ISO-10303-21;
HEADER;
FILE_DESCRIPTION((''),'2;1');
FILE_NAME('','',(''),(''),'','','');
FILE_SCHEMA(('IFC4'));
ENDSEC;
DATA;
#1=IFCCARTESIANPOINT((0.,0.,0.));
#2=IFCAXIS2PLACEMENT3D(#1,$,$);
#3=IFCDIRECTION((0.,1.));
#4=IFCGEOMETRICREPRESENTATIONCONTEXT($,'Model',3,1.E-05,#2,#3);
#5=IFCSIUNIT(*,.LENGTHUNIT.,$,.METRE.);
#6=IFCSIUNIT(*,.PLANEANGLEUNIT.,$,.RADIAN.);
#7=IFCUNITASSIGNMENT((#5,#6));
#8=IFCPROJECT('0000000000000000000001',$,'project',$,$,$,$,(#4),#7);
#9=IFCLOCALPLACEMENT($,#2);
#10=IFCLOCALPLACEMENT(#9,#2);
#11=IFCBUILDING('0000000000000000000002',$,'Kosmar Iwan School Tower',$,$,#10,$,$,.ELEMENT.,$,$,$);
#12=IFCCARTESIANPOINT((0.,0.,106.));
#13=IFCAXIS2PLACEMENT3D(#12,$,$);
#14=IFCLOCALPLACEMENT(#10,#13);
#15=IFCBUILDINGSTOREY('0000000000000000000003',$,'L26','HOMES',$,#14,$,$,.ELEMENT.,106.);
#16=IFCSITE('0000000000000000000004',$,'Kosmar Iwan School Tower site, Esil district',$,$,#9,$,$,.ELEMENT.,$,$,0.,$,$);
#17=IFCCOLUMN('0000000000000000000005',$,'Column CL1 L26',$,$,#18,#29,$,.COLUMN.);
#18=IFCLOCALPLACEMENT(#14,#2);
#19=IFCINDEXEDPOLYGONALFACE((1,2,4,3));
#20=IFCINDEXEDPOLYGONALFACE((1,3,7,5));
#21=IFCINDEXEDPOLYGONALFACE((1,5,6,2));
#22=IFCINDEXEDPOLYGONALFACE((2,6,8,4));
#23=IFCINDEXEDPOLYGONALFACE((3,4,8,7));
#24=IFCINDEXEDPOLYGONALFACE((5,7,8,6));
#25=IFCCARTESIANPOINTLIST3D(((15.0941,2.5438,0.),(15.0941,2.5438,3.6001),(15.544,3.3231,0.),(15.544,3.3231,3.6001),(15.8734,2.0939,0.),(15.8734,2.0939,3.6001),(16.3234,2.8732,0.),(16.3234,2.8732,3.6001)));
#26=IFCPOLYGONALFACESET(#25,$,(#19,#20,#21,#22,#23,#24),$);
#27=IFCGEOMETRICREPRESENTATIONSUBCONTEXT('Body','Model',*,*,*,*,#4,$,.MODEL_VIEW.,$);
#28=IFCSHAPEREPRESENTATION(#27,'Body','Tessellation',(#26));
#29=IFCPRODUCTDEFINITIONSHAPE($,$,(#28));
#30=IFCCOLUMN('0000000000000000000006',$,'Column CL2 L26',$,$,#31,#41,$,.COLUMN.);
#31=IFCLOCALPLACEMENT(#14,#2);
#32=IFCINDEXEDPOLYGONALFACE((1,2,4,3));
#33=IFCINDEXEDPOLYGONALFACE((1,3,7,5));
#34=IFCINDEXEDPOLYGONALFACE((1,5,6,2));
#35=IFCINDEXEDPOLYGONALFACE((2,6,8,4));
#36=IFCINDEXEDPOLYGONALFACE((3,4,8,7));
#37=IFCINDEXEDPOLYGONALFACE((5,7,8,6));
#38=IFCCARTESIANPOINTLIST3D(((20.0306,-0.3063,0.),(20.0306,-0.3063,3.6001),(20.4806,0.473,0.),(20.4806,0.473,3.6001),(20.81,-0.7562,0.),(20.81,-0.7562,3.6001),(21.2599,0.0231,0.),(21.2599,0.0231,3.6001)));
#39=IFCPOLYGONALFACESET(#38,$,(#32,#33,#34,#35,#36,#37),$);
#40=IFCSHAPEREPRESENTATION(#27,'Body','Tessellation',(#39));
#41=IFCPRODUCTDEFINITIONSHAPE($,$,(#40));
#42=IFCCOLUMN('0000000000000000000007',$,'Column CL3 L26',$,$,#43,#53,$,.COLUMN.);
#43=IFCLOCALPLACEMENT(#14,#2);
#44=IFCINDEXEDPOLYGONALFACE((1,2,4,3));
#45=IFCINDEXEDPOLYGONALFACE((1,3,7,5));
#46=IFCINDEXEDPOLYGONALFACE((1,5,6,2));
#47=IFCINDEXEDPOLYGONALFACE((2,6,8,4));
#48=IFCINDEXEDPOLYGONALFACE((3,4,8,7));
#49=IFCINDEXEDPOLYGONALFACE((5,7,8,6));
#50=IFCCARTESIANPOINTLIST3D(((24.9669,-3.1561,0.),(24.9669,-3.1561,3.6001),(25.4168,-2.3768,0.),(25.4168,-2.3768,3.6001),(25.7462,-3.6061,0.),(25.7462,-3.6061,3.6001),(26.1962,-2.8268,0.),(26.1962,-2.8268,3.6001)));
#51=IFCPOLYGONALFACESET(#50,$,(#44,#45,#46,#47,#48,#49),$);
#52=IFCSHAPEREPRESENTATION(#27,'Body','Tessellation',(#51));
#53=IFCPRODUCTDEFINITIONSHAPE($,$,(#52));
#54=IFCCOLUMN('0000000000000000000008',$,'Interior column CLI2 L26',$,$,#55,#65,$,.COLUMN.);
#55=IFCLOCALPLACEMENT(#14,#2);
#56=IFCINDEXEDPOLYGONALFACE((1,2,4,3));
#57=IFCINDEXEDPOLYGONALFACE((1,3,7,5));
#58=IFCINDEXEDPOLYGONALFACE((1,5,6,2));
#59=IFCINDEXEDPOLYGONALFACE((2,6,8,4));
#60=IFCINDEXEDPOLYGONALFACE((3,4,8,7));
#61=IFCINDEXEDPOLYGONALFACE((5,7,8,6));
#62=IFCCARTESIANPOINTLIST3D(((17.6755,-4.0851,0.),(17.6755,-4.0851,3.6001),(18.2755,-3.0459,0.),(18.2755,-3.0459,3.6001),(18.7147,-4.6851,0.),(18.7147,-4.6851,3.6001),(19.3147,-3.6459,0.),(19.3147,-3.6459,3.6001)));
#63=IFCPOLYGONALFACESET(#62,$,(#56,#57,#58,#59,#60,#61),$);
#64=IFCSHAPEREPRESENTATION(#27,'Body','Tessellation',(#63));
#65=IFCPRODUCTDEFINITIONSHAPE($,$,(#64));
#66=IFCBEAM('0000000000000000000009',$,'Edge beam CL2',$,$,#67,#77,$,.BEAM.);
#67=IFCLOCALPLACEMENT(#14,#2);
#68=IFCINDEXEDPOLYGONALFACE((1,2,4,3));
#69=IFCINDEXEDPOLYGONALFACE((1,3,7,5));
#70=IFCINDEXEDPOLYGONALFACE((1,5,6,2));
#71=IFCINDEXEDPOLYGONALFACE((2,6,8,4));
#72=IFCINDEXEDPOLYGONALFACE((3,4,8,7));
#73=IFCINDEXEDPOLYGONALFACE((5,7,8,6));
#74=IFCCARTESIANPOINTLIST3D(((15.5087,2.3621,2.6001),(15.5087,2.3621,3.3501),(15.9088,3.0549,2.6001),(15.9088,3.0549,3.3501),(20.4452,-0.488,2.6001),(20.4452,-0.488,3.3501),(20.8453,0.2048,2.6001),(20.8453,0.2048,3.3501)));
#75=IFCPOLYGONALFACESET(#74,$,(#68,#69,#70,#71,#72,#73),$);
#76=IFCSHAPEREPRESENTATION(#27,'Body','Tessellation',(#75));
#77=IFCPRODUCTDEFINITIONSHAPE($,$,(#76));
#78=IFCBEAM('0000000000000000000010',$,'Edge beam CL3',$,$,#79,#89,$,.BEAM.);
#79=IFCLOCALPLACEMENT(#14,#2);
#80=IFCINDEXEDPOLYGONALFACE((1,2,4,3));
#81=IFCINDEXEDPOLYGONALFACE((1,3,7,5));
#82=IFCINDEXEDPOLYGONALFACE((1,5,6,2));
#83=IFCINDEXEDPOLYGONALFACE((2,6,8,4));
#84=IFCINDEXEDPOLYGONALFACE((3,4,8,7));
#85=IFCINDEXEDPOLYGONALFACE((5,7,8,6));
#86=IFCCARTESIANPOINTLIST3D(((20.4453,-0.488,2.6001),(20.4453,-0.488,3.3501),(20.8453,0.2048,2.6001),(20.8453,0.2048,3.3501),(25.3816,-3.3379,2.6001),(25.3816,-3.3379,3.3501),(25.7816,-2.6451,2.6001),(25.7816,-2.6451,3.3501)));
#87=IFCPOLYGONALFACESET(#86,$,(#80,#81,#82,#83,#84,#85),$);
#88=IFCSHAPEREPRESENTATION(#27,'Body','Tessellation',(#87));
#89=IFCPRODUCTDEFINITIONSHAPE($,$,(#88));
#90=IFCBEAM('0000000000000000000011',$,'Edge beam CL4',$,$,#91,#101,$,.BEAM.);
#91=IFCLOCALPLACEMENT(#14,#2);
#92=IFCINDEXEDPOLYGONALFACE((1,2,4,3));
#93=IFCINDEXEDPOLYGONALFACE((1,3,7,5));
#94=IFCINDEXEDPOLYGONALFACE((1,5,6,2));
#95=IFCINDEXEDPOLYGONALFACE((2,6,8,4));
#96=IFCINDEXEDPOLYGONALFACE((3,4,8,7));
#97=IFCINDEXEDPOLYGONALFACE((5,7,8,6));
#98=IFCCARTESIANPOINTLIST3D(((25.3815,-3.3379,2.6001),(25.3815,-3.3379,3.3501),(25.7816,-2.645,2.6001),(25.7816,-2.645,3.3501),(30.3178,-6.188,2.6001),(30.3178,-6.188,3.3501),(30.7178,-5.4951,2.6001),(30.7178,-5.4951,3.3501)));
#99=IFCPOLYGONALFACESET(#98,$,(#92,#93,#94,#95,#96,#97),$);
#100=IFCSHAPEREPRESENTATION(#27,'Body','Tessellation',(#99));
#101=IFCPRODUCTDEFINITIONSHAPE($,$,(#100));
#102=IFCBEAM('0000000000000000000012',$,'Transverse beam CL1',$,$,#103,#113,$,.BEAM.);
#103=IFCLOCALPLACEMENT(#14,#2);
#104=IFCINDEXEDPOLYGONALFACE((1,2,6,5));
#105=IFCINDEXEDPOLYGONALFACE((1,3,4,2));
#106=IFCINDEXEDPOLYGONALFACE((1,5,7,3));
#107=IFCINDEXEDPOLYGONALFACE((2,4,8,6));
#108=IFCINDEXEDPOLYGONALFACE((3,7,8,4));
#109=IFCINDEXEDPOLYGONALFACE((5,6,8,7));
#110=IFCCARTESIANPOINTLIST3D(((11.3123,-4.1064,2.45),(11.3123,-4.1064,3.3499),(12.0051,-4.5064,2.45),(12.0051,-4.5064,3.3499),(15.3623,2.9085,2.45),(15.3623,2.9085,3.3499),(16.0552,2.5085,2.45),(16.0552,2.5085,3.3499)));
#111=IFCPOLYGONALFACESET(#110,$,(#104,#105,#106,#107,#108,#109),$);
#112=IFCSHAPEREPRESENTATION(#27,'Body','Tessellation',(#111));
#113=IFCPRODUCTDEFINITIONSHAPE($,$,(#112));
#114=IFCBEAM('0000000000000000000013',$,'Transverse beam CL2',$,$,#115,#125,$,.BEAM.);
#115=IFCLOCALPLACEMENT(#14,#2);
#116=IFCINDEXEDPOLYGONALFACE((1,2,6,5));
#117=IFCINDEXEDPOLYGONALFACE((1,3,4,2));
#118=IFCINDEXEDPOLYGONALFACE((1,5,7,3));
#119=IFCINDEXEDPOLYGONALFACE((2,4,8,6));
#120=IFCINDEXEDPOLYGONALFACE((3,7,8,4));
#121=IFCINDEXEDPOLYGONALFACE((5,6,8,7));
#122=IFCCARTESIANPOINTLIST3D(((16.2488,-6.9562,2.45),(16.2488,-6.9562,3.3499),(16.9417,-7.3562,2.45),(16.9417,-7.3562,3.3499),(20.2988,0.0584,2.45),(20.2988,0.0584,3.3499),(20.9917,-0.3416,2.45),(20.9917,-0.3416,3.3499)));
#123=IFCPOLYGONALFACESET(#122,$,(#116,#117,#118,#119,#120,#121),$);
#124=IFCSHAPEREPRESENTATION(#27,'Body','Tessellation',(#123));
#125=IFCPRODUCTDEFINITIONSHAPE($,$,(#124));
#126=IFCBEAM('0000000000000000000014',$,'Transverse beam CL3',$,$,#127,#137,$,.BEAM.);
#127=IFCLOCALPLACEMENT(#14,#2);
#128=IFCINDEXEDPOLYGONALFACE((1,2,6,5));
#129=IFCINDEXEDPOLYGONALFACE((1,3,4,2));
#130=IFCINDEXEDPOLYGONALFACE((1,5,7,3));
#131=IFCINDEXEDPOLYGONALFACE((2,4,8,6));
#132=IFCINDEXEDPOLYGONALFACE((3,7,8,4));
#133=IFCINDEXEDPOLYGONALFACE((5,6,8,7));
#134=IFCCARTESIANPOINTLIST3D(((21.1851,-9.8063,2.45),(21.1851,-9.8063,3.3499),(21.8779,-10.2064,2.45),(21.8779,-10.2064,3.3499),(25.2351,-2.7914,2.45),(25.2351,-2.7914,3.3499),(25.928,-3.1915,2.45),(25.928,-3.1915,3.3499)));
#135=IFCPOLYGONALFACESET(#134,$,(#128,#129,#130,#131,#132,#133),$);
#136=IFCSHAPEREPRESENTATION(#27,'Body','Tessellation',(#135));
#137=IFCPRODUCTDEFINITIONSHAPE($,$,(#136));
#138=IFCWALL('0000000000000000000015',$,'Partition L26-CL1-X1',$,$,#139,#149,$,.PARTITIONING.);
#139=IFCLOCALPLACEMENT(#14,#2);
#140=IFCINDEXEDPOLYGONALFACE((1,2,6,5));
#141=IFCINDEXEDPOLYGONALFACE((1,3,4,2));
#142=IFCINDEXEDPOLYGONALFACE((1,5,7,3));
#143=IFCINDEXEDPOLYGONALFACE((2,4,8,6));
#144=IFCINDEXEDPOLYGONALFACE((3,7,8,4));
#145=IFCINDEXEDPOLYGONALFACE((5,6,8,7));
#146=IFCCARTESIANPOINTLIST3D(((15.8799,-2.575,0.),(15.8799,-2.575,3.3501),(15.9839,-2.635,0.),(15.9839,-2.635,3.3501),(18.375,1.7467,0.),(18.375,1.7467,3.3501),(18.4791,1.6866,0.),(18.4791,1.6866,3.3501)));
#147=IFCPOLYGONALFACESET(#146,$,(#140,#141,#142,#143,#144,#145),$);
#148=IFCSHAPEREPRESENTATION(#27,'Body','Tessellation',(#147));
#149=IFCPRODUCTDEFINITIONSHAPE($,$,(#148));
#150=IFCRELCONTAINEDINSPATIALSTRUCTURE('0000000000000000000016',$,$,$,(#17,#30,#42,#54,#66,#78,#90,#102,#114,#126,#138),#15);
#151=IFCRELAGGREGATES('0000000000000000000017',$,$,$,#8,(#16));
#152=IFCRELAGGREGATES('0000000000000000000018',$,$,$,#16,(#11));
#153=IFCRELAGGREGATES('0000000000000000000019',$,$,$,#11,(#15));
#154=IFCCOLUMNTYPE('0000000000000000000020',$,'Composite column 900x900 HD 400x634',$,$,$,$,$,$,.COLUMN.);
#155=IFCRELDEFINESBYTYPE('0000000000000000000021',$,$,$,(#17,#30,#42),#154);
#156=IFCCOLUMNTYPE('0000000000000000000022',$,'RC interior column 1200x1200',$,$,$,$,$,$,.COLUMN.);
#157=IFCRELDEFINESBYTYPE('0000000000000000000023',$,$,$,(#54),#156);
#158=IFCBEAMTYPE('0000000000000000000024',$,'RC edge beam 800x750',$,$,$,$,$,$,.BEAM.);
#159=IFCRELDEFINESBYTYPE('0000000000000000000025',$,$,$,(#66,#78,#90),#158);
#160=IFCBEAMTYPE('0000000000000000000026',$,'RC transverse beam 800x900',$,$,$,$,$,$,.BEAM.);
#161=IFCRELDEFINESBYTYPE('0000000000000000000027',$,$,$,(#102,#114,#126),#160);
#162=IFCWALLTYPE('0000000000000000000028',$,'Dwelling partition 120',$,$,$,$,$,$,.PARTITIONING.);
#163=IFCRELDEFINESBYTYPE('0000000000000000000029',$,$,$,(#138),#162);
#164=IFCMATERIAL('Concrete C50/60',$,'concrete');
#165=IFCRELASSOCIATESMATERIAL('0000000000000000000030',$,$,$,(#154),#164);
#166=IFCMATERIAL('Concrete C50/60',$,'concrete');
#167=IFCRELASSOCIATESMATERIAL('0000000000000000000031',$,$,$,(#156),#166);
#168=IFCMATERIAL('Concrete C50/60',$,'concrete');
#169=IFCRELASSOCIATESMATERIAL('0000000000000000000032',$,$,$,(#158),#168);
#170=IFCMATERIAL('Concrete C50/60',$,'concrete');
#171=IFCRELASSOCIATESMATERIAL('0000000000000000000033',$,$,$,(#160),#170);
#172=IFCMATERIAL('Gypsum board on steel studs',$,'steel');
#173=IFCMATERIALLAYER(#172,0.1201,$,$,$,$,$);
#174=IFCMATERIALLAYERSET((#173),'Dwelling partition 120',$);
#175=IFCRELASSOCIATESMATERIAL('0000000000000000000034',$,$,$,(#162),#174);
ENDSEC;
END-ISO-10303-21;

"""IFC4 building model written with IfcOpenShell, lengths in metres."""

from ifc_helpers import new_model, si_unit, direction, frame, frame_2d, origin, origin_2d, place, context, subcontext, project, spatial, rectangle, extrude, material, layer, layer_set, material_profile, profile_set, type_object, element, save


model = new_model("IFC4")

# Units and contexts
model_context = context("Model", 3, precision=1e-05, world=origin(), true_north=direction((0.0, 1.0)))
body_context = subcontext(model_context, "Body", "Model", "MODEL_VIEW")
ifc_project = project(units=[si_unit("LENGTHUNIT", "METRE"), si_unit("PLANEANGLEUNIT", "RADIAN")], contexts=[model_context])

# Site, building, storey
site_placement = place(None, origin())
site = spatial("IfcSite", under=ifc_project, at=site_placement, Name="Kosmar Iwan School Tower site, Esil district", CompositionType="ELEMENT", RefElevation=0.0)
building_placement = place(site_placement, origin())
building = spatial("IfcBuilding", under=site, at=building_placement, Name="Kosmar Iwan School Tower", CompositionType="ELEMENT")
storey_placement = place(building_placement, frame((0.0, 0.0, 106.0)))
storey = spatial("IfcBuildingStorey", under=building, at=storey_placement, Name="L26", Description="HOMES", CompositionType="ELEMENT", Elevation=106.0)

# Columns
ifc_material_1 = material(Name="Concrete C50/60", Category="concrete")
ifc_material_profile_1 = material_profile(ifc_material_1, rectangle(XDim=0.8999, YDim=0.8999, at=origin_2d()), Name="RC 900x900 + HD 400x634")
ifc_profile_set_1 = profile_set([ifc_material_profile_1], Name="Concrete C50/60")
column_type_1 = type_object("IfcColumnType", Name="Composite column 900x900 HD 400x634", PredefinedType="COLUMN", material=ifc_profile_set_1)
for number, where, z_axis, x_axis, name in (
    (1, (15.7087, 2.7085, 0.0), (0.0, 0.0, 1.0), (0.866025, -0.5, 0.0), "Column CL1 L26"),
    (2, (20.6453, -0.1416, 0.0), (0.0, 0.0, 1.0), (0.866025, -0.5, 0.0), "Column CL2 L26"),
    (3, (25.5815, -2.9915, 0.0), (0.0, 0.0, 1.0), (0.866025, -0.5, 0.0), "Column CL3 L26"),
):
    element("IfcColumn", number, at=place(storey_placement, frame(where, z_axis=z_axis, x_axis=x_axis)), inside=storey, type_object=column_type_1, Name=name, PredefinedType="COLUMN", context=body_context, shape_type="SweptSolid", body=[
        extrude(rectangle(XDim=0.8999, YDim=0.8999, at=origin_2d()), origin(), (0.0, 0.0, 1.0), 3.6001),
    ])
ifc_material_2 = material(Name="Concrete C50/60", Category="concrete")
ifc_material_profile_2 = material_profile(ifc_material_2, rectangle(XDim=1.2, YDim=1.2, at=origin_2d()), Name="RC 1200x1200")
ifc_profile_set_2 = profile_set([ifc_material_profile_2], Name="Concrete C50/60")
column_type_2 = type_object("IfcColumnType", Name="RC interior column 1200x1200", PredefinedType="COLUMN", material=ifc_profile_set_2)
column_placement = place(storey_placement, frame((18.4951, -3.8655, 0.0), z_axis=(0.0, 0.0, 1.0), x_axis=(0.866025, -0.5, 0.0)))
element("IfcColumn", 4, at=column_placement, inside=storey, type_object=column_type_2, Name="Interior column CLI2 L26", PredefinedType="COLUMN", context=body_context, shape_type="SweptSolid", body=[
    extrude(rectangle(XDim=1.2, YDim=1.2, at=origin_2d()), origin(), (0.0, 0.0, 1.0), 3.6001),
])

# Beams
ifc_material_3 = material(Name="Concrete C50/60", Category="concrete")
ifc_material_profile_3 = material_profile(ifc_material_3, rectangle(XDim=0.8, YDim=0.75, at=origin_2d()), Name="RC 800x750")
ifc_profile_set_3 = profile_set([ifc_material_profile_3], Name="Concrete C50/60")
beam_type_1 = type_object("IfcBeamType", Name="RC edge beam 800x750", PredefinedType="BEAM", material=ifc_profile_set_3)
beam_1_placement = place(storey_placement, frame((15.7087, 2.7085, 2.9751), z_axis=(0.866026, -0.499999, 0.0), x_axis=(0.499999, 0.866026, 0.0)))
element("IfcBeam", 5, at=beam_1_placement, inside=storey, type_object=beam_type_1, Name="Edge beam CL2", PredefinedType="BEAM", context=body_context, shape_type="SweptSolid", body=[
    extrude(rectangle(XDim=0.8, YDim=0.75, at=origin_2d()), origin(), (0.0, 0.0, 1.0), 5.7002),
])
for number, where, z_axis, x_axis, name in (
    (6, (20.6453, -0.1416, 2.9751), (0.866034, -0.499986, 0.0), (0.499986, 0.866034, 0.0), "Edge beam CL3"),
    (7, (25.5815, -2.9915, 2.9751), (0.866015, -0.500018, 0.0), (0.500018, 0.866015, 0.0), "Edge beam CL4"),
):
    element("IfcBeam", number, at=place(storey_placement, frame(where, z_axis=z_axis, x_axis=x_axis)), inside=storey, type_object=beam_type_1, Name=name, PredefinedType="BEAM", context=body_context, shape_type="SweptSolid", body=[
        extrude(rectangle(XDim=0.8, YDim=0.75, at=origin_2d()), origin(), (0.0, 0.0, 1.0), 5.7),
    ])
ifc_material_4 = material(Name="Concrete C50/60", Category="concrete")
ifc_material_profile_4 = material_profile(ifc_material_4, rectangle(XDim=0.8, YDim=0.8999, at=origin_2d()), Name="RC 800x900")
ifc_profile_set_4 = profile_set([ifc_material_profile_4], Name="Concrete C50/60")
beam_type_2 = type_object("IfcBeamType", Name="RC transverse beam 800x900", PredefinedType="BEAM", material=ifc_profile_set_4)
beam_2_placement = place(storey_placement, frame((15.7087, 2.7085, 2.8999), z_axis=(-0.5, -0.866025, 0.0), x_axis=(0.866025, -0.5, 0.0)))
element("IfcBeam", 8, at=beam_2_placement, inside=storey, type_object=beam_type_2, Name="Transverse beam CL1", PredefinedType="BEAM", context=body_context, shape_type="SweptSolid", body=[
    extrude(rectangle(XDim=0.8, YDim=0.8999, at=origin_2d()), origin(), (0.0, 0.0, 1.0), 8.1001),
])
beam_3_placement = place(storey_placement, frame((20.6453, -0.1416, 2.8999), z_axis=(-0.500013, -0.866018, 0.0), x_axis=(0.866018, -0.500013, 0.0)))
element("IfcBeam", 9, at=beam_3_placement, inside=storey, type_object=beam_type_2, Name="Transverse beam CL2", PredefinedType="BEAM", context=body_context, shape_type="SweptSolid", body=[
    extrude(rectangle(XDim=0.8, YDim=0.8999, at=origin_2d()), origin(), (0.0, 0.0, 1.0), 8.0999),
])
beam_4_placement = place(storey_placement, frame((25.5815, -2.9915, 2.8999), z_axis=(-0.5, -0.866025, 0.0), x_axis=(0.866025, -0.5, 0.0)))
element("IfcBeam", 10, at=beam_4_placement, inside=storey, type_object=beam_type_2, Name="Transverse beam CL3", PredefinedType="BEAM", context=body_context, shape_type="SweptSolid", body=[
    extrude(rectangle(XDim=0.8, YDim=0.8999, at=origin_2d()), origin(), (0.0, 0.0, 1.0), 8.1001),
])

# Wall
ifc_material_5 = material(Name="Gypsum board on steel studs", Category="steel")
ifc_layer_1 = layer(ifc_material_5, 0.1201)
ifc_layer_set_1 = layer_set([ifc_layer_1], Name="Dwelling partition 120")
wall_type_1 = type_object("IfcWallType", Name="Dwelling partition 120", PredefinedType="PARTITIONING", material=ifc_layer_set_1)
wall_1_placement = place(storey_placement, frame((15.9319, -2.605, 0.0), z_axis=(0.0, 0.0, 1.0), x_axis=(0.500012, 0.866019, 0.0)))
element("IfcWall", 11, at=wall_1_placement, inside=storey, type_object=wall_type_1, Name="Partition L26-CL1-X1", PredefinedType="PARTITIONING", context=body_context, shape_type="SweptSolid", body=[
    extrude(rectangle(XDim=4.9902, YDim=0.1201, at=frame_2d((2.4951, 0.0))), origin(), (0.0, 0.0, 1.0), 3.3501),
])

save(model, "model.ifc")
